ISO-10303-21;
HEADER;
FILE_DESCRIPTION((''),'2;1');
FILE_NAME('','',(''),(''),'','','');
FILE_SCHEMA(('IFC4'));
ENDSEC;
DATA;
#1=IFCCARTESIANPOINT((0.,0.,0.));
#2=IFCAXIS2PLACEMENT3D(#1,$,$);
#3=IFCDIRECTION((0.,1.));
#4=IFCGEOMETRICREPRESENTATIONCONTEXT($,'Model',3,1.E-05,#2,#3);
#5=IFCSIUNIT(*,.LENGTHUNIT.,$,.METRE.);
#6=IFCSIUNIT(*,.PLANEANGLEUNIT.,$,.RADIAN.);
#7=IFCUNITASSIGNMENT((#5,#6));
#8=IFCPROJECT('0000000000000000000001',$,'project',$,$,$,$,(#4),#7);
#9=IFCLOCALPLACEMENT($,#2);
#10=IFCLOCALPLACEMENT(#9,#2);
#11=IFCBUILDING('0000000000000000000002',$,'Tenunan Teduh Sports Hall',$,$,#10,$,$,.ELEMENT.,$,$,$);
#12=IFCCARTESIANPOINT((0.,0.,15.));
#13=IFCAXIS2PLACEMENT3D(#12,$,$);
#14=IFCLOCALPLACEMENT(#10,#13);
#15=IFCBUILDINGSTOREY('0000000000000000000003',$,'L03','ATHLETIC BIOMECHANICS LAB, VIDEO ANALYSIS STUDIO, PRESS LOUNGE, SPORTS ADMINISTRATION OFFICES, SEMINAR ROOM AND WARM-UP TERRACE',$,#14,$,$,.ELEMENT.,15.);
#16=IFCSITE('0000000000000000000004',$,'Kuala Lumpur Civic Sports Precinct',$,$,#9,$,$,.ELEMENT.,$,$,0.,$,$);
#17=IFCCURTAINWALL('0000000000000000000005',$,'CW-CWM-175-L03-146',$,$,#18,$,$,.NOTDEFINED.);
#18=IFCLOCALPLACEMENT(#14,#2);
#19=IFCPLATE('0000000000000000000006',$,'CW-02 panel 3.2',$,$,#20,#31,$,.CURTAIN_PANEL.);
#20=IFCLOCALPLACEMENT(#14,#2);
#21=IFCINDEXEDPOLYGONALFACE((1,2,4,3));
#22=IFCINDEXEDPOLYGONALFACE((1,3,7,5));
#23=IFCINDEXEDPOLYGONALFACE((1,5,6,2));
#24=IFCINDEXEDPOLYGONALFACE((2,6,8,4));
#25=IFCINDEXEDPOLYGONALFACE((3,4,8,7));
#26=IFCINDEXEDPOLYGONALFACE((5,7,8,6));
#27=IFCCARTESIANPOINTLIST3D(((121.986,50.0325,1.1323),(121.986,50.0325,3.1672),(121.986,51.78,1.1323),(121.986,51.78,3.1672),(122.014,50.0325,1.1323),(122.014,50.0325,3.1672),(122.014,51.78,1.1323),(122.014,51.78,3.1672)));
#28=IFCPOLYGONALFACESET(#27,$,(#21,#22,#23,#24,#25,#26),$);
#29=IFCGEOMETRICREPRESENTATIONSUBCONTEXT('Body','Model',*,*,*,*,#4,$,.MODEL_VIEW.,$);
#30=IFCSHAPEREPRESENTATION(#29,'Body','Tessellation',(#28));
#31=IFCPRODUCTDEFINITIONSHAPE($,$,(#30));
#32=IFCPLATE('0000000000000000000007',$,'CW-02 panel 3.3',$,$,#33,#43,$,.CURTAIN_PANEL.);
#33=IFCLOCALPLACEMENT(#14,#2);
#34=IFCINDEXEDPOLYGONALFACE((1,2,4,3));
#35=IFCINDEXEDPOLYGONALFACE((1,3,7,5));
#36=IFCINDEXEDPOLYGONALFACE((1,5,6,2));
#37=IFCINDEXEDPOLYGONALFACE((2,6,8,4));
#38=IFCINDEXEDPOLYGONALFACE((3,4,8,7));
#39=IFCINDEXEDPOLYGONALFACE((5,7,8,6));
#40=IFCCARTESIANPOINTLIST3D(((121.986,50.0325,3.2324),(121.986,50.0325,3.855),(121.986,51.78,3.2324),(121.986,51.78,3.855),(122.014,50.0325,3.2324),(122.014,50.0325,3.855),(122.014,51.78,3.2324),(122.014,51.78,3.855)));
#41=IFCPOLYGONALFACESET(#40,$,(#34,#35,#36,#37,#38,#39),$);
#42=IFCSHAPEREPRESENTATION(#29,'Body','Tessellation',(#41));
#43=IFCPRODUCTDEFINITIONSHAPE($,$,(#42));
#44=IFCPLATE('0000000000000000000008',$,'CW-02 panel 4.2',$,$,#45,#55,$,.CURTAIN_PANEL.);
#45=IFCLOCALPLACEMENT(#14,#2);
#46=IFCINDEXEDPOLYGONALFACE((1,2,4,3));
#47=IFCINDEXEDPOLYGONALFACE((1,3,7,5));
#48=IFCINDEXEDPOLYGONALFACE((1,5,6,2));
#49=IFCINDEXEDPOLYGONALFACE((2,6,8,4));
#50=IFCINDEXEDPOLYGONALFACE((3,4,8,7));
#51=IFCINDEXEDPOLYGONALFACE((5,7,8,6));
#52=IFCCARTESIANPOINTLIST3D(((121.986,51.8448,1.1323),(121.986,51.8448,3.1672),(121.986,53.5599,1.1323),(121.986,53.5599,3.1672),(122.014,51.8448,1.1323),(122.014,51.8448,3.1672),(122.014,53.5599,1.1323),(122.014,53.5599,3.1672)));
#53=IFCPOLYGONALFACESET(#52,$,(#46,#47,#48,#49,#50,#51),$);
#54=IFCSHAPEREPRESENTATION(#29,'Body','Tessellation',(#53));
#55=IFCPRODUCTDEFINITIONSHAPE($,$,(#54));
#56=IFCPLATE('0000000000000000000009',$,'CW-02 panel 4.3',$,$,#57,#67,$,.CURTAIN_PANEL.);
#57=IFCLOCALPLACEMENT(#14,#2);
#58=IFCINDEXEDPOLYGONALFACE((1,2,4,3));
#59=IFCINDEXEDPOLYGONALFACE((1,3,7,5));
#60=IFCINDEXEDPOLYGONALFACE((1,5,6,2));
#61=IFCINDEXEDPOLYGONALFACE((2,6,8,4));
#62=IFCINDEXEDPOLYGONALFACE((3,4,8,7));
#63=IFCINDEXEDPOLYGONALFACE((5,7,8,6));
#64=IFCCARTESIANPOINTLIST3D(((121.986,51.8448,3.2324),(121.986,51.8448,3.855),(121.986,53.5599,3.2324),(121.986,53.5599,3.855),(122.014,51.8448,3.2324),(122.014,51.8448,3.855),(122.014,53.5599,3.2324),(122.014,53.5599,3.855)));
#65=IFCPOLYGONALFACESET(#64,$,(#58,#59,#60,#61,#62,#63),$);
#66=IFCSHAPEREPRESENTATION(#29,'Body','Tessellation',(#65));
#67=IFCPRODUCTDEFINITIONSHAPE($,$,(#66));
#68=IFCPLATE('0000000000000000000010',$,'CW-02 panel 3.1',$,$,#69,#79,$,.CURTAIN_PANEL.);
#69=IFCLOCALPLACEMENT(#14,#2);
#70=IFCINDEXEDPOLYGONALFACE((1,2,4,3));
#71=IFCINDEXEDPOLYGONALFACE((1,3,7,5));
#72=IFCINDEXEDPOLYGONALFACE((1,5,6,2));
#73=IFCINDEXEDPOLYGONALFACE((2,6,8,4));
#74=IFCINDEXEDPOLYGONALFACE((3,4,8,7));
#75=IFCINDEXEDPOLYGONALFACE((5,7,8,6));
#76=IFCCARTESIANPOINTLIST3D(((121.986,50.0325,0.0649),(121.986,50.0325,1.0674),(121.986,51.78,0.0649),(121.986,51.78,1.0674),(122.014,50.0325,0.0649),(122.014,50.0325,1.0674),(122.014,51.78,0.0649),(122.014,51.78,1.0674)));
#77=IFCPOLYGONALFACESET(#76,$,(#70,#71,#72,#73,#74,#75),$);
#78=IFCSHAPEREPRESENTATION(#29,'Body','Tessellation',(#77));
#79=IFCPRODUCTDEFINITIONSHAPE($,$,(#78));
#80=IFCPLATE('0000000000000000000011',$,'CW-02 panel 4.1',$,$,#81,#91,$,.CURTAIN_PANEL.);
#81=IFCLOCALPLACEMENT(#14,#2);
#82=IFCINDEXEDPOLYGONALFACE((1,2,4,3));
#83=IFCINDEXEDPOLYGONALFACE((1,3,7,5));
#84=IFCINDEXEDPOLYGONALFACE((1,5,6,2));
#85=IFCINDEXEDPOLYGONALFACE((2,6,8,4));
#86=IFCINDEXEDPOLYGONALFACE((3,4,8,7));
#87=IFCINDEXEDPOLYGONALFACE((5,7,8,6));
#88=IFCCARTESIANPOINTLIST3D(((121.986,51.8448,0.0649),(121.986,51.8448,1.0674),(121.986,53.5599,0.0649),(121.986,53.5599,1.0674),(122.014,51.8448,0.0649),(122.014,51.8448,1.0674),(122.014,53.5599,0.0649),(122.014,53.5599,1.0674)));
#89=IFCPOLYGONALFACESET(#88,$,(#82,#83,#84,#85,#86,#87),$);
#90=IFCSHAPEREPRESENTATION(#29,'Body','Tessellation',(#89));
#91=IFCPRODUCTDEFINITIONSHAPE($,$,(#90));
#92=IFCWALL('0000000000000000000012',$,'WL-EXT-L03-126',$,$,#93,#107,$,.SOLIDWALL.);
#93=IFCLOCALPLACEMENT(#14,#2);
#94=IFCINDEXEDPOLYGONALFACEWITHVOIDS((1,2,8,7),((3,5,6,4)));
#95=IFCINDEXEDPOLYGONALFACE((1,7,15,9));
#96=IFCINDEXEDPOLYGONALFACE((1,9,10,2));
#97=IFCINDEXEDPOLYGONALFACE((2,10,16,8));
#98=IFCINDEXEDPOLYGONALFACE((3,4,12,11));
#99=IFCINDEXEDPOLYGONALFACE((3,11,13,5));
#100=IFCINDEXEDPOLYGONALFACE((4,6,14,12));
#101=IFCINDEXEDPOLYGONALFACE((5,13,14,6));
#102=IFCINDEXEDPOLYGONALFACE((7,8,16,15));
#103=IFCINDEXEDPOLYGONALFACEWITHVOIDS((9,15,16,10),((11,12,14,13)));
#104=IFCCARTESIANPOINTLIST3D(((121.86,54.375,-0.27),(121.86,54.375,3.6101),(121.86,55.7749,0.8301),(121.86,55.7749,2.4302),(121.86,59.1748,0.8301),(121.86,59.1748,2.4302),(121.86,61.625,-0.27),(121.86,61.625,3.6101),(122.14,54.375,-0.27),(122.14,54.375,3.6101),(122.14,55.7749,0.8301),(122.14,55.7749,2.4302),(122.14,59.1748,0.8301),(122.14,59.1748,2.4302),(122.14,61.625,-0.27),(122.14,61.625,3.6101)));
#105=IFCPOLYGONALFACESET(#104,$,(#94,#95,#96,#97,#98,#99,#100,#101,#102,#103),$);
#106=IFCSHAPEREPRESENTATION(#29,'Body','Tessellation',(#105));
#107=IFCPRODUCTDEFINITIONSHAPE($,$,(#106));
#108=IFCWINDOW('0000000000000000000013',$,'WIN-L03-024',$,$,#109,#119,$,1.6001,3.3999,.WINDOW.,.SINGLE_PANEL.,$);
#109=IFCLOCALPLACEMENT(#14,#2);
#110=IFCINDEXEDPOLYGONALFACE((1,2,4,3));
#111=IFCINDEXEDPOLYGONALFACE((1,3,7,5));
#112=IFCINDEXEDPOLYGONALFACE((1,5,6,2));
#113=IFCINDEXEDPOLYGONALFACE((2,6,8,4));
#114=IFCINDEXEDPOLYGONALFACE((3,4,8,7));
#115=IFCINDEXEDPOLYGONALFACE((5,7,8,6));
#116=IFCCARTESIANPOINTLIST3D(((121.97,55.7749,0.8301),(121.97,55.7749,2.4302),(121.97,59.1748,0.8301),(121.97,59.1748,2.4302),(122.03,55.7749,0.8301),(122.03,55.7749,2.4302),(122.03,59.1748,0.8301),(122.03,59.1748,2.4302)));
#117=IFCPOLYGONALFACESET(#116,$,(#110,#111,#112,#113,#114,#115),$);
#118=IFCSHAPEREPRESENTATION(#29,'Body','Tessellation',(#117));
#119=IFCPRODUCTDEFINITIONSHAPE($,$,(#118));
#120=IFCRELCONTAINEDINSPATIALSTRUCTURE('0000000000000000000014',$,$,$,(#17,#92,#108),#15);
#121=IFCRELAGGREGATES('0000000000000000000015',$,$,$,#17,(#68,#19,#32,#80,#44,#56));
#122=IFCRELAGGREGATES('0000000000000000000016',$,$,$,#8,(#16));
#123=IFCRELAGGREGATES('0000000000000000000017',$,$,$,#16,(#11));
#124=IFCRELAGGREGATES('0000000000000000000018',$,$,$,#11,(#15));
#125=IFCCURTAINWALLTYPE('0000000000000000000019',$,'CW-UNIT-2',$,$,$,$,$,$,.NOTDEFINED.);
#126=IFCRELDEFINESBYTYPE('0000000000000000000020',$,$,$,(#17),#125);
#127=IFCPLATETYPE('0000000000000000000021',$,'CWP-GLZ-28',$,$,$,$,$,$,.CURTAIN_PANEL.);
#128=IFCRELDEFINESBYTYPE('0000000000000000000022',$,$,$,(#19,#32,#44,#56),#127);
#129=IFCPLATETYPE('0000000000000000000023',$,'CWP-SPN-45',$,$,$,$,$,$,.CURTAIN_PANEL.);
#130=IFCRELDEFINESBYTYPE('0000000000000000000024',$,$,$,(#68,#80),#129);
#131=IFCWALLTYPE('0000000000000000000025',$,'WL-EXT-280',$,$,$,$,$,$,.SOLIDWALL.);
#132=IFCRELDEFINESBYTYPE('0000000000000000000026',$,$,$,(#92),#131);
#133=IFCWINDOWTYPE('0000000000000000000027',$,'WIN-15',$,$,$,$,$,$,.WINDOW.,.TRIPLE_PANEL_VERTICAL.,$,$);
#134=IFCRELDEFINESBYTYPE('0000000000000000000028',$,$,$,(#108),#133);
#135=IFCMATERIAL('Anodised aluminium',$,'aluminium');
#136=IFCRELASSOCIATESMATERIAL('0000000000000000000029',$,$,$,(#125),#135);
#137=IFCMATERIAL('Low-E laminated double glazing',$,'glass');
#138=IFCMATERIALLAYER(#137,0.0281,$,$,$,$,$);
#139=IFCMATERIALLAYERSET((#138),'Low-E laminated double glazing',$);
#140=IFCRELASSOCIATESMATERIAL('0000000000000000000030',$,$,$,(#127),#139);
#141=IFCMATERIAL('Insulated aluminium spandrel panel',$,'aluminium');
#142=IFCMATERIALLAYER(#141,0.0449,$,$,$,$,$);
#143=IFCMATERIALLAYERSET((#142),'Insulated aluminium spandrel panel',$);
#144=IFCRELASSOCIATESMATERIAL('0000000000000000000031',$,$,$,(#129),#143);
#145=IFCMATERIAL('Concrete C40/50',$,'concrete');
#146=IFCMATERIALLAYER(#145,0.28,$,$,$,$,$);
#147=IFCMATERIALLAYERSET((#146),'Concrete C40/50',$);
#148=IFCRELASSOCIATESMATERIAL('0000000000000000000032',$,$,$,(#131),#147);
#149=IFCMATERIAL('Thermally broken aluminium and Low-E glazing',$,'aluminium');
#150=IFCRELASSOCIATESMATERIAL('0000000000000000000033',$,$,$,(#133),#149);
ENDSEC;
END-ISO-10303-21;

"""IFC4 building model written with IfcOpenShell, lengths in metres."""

from ifc_helpers import new_model, si_unit, direction, frame, frame_2d, origin, origin_2d, place, context, subcontext, project, spatial, rectangle, extrude, material, layer, layer_set, type_object, element, fill, aggregate, save


model = new_model("IFC4")

# Units and contexts
model_context = context("Model", 3, precision=1e-05, world=origin(), true_north=direction((0.0, 1.0)))
body_context = subcontext(model_context, "Body", "Model", "MODEL_VIEW")
ifc_project = project(units=[si_unit("LENGTHUNIT", "METRE"), si_unit("PLANEANGLEUNIT", "RADIAN")], contexts=[model_context])

# Site, building, storey
site_placement = place(None, origin())
site = spatial("IfcSite", under=ifc_project, at=site_placement, Name="Kuala Lumpur Civic Sports Precinct", CompositionType="ELEMENT", RefElevation=0.0)
building_placement = place(site_placement, origin())
building = spatial("IfcBuilding", under=site, at=building_placement, Name="Tenunan Teduh Sports Hall", CompositionType="ELEMENT")
storey_placement = place(building_placement, frame((0.0, 0.0, 15.0)))
storey = spatial("IfcBuildingStorey", under=building, at=storey_placement, Name="L03", Description="ATHLETIC BIOMECHANICS LAB, VIDEO ANALYSIS STUDIO, PRESS LOUNGE, SPORTS ADMINISTRATION OFFICES, SEMINAR ROOM AND WARM-UP TERRACE", CompositionType="ELEMENT", Elevation=15.0)

# Curtain wall
ifc_material_1 = material(Name="Anodised aluminium", Category="aluminium")
curtain_wall_type = type_object("IfcCurtainWallType", Name="CW-UNIT-2", PredefinedType="NOTDEFINED", material=ifc_material_1)
curtain_wall_1_placement = place(storey_placement, origin())
curtain_wall_1 = element("IfcCurtainWall", 1, at=curtain_wall_1_placement, inside=storey, type_object=curtain_wall_type, Name="CW-CWM-175-L03-146", PredefinedType="NOTDEFINED")

# Plates
ifc_material_2 = material(Name="Low-E laminated double glazing", Category="glass")
ifc_layer_1 = layer(ifc_material_2, 0.0281)
ifc_layer_set_1 = layer_set([ifc_layer_1], Name="Low-E laminated double glazing")
plate_type_1 = type_object("IfcPlateType", Name="CWP-GLZ-28", PredefinedType="CURTAIN_PANEL", material=ifc_layer_set_1)
plate_1_placement = place(storey_placement, frame((122.0, 50.9062, 1.1323), z_axis=(0.0, 0.0, 1.0), x_axis=(0.0, 1.0, 0.0)))
plate_1 = element("IfcPlate", 2, at=plate_1_placement, type_object=plate_type_1, Name="CW-02 panel 3.2", PredefinedType="CURTAIN_PANEL", context=body_context, shape_type="SweptSolid", body=[
    extrude(rectangle(XDim=1.7476, YDim=0.0281, at=origin_2d()), origin(), (0.0, 0.0, 1.0), 2.0349),
])
plate_2_placement = place(storey_placement, frame((122.0, 50.9062, 3.2324), z_axis=(0.0, 0.0, 1.0), x_axis=(0.0, 1.0, 0.0)))
plate_2 = element("IfcPlate", 3, at=plate_2_placement, type_object=plate_type_1, Name="CW-02 panel 3.3", PredefinedType="CURTAIN_PANEL", context=body_context, shape_type="SweptSolid", body=[
    extrude(rectangle(XDim=1.7476, YDim=0.0281, at=origin_2d()), origin(), (0.0, 0.0, 1.0), 0.6226),
])
plate_3_placement = place(storey_placement, frame((122.0, 52.7024, 1.1323), z_axis=(0.0, 0.0, 1.0), x_axis=(0.0, 1.0, 0.0)))
plate_3 = element("IfcPlate", 4, at=plate_3_placement, type_object=plate_type_1, Name="CW-02 panel 4.2", PredefinedType="CURTAIN_PANEL", context=body_context, shape_type="SweptSolid", body=[
    extrude(rectangle(XDim=1.7151, YDim=0.0281, at=origin_2d()), origin(), (0.0, 0.0, 1.0), 2.0349),
])
plate_4_placement = place(storey_placement, frame((122.0, 52.7024, 3.2324), z_axis=(0.0, 0.0, 1.0), x_axis=(0.0, 1.0, 0.0)))
plate_4 = element("IfcPlate", 5, at=plate_4_placement, type_object=plate_type_1, Name="CW-02 panel 4.3", PredefinedType="CURTAIN_PANEL", context=body_context, shape_type="SweptSolid", body=[
    extrude(rectangle(XDim=1.7151, YDim=0.0281, at=origin_2d()), origin(), (0.0, 0.0, 1.0), 0.6226),
])
ifc_material_3 = material(Name="Insulated aluminium spandrel panel", Category="aluminium")
ifc_layer_2 = layer(ifc_material_3, 0.0449)
ifc_layer_set_2 = layer_set([ifc_layer_2], Name="Insulated aluminium spandrel panel")
plate_type_2 = type_object("IfcPlateType", Name="CWP-SPN-45", PredefinedType="CURTAIN_PANEL", material=ifc_layer_set_2)
plate_5_placement = place(storey_placement, frame((122.0, 50.9062, 0.0649), z_axis=(0.0, 0.0, 1.0), x_axis=(0.0, 1.0, 0.0)))
plate_5 = element("IfcPlate", 6, at=plate_5_placement, type_object=plate_type_2, Name="CW-02 panel 3.1", PredefinedType="CURTAIN_PANEL", context=body_context, shape_type="SweptSolid", body=[
    extrude(rectangle(XDim=1.7476, YDim=0.0281, at=origin_2d()), origin(), (0.0, 0.0, 1.0), 1.0024),
])
plate_6_placement = place(storey_placement, frame((122.0, 52.7024, 0.0649), z_axis=(0.0, 0.0, 1.0), x_axis=(0.0, 1.0, 0.0)))
plate_6 = element("IfcPlate", 7, at=plate_6_placement, type_object=plate_type_2, Name="CW-02 panel 4.1", PredefinedType="CURTAIN_PANEL", context=body_context, shape_type="SweptSolid", body=[
    extrude(rectangle(XDim=1.7151, YDim=0.0281, at=origin_2d()), origin(), (0.0, 0.0, 1.0), 1.0024),
])
aggregate(curtain_wall_1, [plate_5, plate_1, plate_2, plate_6, plate_3, plate_4])

# Wall, opening, window
ifc_material_4 = material(Name="Concrete C40/50", Category="concrete")
ifc_layer_3 = layer(ifc_material_4, 0.28)
ifc_layer_set_3 = layer_set([ifc_layer_3], Name="Concrete C40/50")
wall_type = type_object("IfcWallType", Name="WL-EXT-280", PredefinedType="SOLIDWALL", material=ifc_layer_set_3)
wall_placement = place(storey_placement, frame((122.0, 54.375, -0.27), z_axis=(0.0, 0.0, 1.0), x_axis=(0.0, 1.0, 0.0)))
wall = element("IfcWall", 8, at=wall_placement, inside=storey, type_object=wall_type, Name="WL-EXT-L03-126", PredefinedType="SOLIDWALL", context=body_context, shape_type="SweptSolid", body=[
    extrude(rectangle(XDim=7.25, YDim=0.28, at=frame_2d((3.625, 0.0))), origin(), (0.0, 0.0, 1.0), 3.8801),
])
opening_placement = place(wall_placement, frame((1.3999, 0.0, 1.1001)))
opening = element("IfcOpeningElement", 9, at=opening_placement, cuts=wall, PredefinedType="OPENING", context=body_context, shape_type="SweptSolid", body=[
    extrude(rectangle(XDim=3.3999, YDim=1.6001, at=frame_2d((1.7, 0.8))), frame((0.0, 0.1499, 0.0), z_axis=(0.0, -1.0, 0.0), x_axis=(1.0, 0.0, 0.0)), (0.0, 0.0, 1.0), 0.3),
])
ifc_material_5 = material(Name="Thermally broken aluminium and Low-E glazing", Category="aluminium")
window_type = type_object("IfcWindowType", Name="WIN-15", PartitioningType="TRIPLE_PANEL_VERTICAL", PredefinedType="WINDOW", material=ifc_material_5)
window_placement = place(opening_placement, origin())
window = element("IfcWindow", 10, at=window_placement, inside=storey, type_object=window_type, Name="WIN-L03-024", OverallHeight=1.6001, OverallWidth=3.3999, PartitioningType="SINGLE_PANEL", PredefinedType="WINDOW", context=body_context, shape_type="SweptSolid", body=[
    extrude(rectangle(XDim=3.3999, YDim=1.6001, at=frame_2d((1.7, 0.8))), frame((0.0, 0.03, 0.0), z_axis=(0.0, -1.0, 0.0), x_axis=(1.0, 0.0, 0.0)), (0.0, 0.0, 1.0), 0.0601),
])
fill(opening, window)

save(model, "model.ifc")
